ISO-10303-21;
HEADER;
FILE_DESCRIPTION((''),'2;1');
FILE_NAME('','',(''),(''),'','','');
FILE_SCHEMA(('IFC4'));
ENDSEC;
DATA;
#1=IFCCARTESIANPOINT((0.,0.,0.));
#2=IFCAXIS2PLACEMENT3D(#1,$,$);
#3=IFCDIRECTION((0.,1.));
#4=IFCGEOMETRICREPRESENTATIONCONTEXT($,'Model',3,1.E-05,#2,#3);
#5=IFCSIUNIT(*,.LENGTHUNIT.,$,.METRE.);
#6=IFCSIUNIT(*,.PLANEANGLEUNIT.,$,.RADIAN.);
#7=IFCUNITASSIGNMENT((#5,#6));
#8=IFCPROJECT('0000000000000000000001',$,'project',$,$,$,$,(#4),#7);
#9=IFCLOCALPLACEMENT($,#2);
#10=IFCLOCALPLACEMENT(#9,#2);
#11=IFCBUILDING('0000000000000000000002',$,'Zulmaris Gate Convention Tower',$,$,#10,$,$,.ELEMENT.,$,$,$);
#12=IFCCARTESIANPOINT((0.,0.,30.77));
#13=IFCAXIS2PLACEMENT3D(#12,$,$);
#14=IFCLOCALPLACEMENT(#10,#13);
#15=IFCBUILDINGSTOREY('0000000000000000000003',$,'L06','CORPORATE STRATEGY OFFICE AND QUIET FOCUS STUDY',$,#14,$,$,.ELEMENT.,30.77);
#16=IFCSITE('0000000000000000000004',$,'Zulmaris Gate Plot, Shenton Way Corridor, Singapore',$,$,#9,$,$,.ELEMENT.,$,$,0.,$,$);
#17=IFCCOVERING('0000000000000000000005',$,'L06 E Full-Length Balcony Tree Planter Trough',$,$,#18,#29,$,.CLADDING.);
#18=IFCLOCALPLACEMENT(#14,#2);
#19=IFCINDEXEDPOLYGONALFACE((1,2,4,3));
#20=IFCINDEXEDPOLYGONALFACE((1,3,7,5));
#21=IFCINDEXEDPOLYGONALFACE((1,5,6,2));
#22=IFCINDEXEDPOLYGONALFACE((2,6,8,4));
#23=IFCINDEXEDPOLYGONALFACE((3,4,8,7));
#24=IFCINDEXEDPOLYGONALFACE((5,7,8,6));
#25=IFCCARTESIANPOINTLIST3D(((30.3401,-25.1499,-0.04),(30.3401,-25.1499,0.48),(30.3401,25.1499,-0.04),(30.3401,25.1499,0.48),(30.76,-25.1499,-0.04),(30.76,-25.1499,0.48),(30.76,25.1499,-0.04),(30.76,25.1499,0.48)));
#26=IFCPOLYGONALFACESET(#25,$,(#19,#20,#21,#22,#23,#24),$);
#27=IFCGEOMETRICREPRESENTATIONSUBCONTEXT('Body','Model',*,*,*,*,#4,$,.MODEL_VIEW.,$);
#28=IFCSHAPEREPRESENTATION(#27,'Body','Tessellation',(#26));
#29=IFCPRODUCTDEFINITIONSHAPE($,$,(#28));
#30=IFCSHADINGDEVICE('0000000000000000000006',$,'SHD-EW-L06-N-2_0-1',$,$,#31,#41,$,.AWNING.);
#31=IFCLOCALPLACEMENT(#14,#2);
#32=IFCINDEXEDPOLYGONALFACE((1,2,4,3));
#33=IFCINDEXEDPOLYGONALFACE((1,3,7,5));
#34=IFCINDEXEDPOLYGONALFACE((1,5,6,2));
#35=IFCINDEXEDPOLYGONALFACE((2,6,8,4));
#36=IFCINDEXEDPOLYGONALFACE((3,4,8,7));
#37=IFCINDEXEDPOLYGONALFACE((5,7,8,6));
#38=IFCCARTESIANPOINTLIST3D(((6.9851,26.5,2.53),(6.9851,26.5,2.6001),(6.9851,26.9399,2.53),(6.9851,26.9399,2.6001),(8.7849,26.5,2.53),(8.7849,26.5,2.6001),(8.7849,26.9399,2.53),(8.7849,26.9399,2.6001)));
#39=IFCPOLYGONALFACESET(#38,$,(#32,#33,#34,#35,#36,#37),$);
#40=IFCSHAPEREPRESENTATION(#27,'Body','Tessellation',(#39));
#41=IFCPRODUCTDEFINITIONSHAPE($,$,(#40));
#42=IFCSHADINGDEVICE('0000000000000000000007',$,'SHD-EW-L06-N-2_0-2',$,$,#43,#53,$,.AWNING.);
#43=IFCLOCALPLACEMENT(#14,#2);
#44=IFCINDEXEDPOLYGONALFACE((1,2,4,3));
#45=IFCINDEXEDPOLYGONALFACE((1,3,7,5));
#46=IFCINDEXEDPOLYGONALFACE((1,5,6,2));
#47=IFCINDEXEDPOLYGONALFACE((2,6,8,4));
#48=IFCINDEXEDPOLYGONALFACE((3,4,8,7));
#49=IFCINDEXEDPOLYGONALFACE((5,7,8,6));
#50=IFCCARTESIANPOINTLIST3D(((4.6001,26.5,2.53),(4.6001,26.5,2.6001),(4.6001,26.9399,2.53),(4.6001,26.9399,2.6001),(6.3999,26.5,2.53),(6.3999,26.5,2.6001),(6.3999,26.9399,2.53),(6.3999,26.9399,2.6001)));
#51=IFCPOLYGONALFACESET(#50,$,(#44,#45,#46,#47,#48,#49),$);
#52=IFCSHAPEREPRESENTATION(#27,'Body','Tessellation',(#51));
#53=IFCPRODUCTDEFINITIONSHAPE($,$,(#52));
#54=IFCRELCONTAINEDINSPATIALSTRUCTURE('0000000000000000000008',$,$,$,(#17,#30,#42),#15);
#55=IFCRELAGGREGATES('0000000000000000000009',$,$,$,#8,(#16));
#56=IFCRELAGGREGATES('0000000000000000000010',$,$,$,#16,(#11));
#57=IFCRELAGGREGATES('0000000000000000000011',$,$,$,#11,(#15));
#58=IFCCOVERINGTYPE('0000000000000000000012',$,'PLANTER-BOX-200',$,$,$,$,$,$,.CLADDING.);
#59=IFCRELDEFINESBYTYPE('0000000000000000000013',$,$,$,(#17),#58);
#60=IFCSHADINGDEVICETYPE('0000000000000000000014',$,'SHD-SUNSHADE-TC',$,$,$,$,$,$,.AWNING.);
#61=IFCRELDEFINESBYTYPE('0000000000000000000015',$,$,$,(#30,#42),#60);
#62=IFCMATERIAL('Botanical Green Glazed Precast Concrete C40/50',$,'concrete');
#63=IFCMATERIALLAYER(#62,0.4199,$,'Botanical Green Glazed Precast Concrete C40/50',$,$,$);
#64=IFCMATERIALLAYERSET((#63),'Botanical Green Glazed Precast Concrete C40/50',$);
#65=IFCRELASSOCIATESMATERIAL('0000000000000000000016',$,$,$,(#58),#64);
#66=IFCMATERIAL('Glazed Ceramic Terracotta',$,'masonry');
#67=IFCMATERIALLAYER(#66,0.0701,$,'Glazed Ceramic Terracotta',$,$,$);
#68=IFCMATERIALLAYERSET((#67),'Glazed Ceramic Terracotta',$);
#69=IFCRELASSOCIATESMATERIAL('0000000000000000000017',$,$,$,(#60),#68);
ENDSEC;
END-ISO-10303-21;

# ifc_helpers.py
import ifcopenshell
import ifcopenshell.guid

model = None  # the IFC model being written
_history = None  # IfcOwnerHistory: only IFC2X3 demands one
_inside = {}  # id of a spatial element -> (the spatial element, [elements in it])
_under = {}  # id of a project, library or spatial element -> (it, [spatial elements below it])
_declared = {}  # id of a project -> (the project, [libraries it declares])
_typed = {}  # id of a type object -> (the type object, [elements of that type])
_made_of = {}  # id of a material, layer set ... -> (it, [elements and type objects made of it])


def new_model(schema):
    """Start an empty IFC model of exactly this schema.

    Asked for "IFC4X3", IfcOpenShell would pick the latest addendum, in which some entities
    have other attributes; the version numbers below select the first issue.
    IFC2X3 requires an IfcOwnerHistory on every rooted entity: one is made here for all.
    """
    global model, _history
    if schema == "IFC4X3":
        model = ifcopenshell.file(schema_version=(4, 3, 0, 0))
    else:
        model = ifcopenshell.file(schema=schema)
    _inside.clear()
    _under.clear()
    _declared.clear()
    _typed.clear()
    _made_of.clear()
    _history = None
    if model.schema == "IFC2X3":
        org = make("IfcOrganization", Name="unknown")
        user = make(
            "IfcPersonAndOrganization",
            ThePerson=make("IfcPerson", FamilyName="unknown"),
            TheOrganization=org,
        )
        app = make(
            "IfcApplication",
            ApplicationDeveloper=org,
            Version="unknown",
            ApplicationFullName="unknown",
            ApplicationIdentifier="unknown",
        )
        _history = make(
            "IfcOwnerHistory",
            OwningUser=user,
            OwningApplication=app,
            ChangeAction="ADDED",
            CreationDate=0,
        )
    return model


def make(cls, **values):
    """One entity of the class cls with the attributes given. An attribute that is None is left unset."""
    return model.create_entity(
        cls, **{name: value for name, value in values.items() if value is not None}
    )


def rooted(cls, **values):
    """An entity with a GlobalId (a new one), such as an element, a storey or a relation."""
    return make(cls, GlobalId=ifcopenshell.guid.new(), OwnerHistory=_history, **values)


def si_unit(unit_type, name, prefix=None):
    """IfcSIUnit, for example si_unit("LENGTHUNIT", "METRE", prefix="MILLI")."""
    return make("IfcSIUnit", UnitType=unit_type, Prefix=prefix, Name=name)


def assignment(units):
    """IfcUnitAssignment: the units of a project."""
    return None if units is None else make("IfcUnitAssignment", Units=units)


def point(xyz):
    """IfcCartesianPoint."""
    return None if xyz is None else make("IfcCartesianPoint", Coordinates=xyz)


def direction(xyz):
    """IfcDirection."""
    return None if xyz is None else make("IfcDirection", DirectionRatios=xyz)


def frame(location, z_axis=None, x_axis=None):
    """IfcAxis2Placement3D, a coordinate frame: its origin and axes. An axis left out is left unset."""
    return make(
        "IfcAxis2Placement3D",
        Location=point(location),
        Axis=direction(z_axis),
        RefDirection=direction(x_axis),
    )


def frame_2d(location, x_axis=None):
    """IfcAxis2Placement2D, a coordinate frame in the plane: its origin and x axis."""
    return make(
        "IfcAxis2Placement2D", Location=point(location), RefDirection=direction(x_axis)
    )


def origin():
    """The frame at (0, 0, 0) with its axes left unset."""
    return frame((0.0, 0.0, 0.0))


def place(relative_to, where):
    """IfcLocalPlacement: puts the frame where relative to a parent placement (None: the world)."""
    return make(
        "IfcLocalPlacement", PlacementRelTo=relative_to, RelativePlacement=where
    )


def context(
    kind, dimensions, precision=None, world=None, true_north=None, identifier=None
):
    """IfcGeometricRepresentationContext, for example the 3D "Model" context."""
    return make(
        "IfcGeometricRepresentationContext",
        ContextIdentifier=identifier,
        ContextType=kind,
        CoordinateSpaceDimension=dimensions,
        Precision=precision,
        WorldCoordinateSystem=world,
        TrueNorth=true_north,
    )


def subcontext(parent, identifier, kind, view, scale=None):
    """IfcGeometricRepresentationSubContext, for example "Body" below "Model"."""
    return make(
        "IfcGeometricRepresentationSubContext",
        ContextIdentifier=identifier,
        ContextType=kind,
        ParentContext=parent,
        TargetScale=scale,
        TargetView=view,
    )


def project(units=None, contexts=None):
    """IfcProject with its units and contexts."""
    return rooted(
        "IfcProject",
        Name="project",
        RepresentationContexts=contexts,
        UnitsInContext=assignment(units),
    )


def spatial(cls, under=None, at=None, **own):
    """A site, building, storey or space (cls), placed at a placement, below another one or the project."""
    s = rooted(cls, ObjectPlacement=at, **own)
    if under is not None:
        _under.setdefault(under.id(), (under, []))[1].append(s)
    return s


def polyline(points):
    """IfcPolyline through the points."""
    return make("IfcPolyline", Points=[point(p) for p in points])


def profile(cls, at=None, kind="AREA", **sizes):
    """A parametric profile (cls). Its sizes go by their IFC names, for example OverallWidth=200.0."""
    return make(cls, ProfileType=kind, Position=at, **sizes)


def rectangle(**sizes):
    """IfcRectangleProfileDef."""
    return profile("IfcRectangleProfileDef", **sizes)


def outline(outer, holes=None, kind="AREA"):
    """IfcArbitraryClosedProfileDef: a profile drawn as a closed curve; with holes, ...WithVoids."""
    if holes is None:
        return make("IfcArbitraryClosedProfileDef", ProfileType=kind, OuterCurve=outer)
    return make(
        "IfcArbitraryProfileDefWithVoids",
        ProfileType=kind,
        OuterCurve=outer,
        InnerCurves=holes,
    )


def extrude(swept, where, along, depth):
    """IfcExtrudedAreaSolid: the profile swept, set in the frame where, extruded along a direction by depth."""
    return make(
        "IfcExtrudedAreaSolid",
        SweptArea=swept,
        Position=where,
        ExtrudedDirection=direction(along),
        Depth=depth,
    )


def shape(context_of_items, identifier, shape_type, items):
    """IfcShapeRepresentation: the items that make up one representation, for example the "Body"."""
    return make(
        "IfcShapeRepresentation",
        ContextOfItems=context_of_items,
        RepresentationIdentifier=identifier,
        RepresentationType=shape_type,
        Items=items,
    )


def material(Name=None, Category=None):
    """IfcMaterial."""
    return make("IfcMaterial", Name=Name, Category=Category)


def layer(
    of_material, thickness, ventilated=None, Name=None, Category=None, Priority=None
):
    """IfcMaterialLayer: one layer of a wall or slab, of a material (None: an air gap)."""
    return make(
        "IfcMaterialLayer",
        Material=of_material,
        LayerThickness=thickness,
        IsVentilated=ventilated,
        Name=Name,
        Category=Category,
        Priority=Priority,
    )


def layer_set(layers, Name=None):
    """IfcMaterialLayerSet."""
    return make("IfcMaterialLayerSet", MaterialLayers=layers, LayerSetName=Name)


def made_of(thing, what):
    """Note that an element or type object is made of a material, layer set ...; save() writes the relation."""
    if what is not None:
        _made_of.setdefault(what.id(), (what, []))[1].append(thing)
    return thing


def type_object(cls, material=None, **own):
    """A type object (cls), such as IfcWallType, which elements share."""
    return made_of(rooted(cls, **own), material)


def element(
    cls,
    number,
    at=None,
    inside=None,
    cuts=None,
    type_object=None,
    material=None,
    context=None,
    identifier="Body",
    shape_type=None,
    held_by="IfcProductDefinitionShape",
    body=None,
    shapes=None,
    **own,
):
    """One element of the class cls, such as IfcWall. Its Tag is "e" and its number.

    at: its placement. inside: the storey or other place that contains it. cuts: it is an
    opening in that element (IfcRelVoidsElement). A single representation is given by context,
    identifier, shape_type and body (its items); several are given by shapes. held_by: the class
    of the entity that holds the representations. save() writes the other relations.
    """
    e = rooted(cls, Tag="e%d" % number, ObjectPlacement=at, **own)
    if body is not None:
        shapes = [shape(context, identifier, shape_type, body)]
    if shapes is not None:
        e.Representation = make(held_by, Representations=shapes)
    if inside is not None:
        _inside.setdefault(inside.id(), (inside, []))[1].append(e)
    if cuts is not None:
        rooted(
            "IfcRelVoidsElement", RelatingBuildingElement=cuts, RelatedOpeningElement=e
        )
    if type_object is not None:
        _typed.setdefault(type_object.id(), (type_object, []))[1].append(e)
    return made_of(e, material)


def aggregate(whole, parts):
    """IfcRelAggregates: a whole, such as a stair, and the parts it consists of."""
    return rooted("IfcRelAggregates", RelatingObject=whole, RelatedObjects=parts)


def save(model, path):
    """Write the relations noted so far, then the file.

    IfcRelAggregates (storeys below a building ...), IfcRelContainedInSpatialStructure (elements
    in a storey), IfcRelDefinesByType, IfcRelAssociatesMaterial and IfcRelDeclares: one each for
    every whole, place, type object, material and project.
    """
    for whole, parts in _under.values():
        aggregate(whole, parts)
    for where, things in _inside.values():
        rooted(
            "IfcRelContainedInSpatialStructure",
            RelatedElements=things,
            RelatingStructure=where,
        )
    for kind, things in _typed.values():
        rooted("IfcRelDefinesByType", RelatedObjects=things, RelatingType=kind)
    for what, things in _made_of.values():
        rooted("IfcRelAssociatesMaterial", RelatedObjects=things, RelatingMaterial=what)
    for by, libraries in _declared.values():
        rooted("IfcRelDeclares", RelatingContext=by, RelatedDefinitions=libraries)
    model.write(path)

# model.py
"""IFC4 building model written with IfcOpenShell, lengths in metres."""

from ifc_helpers import new_model, si_unit, direction, frame, frame_2d, origin, place, context, subcontext, project, spatial, polyline, rectangle, outline, extrude, material, layer, layer_set, type_object, element, save


model = new_model("IFC4")

# Units and contexts
model_context = context("Model", 3, precision=1e-05, world=origin(), true_north=direction((0.0, 1.0)))
body_context = subcontext(model_context, "Body", "Model", "MODEL_VIEW")
ifc_project = project(units=[si_unit("LENGTHUNIT", "METRE"), si_unit("PLANEANGLEUNIT", "RADIAN")], contexts=[model_context])

# Site, building, storey
site_placement = place(None, origin())
site = spatial("IfcSite", under=ifc_project, at=site_placement, Name="Zulmaris Gate Plot, Shenton Way Corridor, Singapore", CompositionType="ELEMENT", RefElevation=0.0)
building_placement = place(site_placement, origin())
building = spatial("IfcBuilding", under=site, at=building_placement, Name="Zulmaris Gate Convention Tower", CompositionType="ELEMENT")
storey_placement = place(building_placement, frame((0.0, 0.0, 30.77)))
storey = spatial("IfcBuildingStorey", under=building, at=storey_placement, Name="L06", Description="CORPORATE STRATEGY OFFICE AND QUIET FOCUS STUDY", CompositionType="ELEMENT", Elevation=30.77)

# Covering
ifc_material_1 = material(Name="Botanical Green Glazed Precast Concrete C40/50", Category="concrete")
ifc_layer_1 = layer(ifc_material_1, 0.4199, Name="Botanical Green Glazed Precast Concrete C40/50")
ifc_layer_set_1 = layer_set([ifc_layer_1], Name="Botanical Green Glazed Precast Concrete C40/50")
covering_type_1 = type_object("IfcCoveringType", Name="PLANTER-BOX-200", PredefinedType="CLADDING", material=ifc_layer_set_1)
covering_1_placement = place(storey_placement, frame((0.0, 0.0, -0.04)))
element("IfcCovering", 1, at=covering_1_placement, inside=storey, type_object=covering_type_1, Name="L06 E Full-Length Balcony Tree Planter Trough", PredefinedType="CLADDING", context=body_context, shape_type="SweptSolid", body=[
    extrude(outline(polyline([(30.3401, -25.1499), (30.76, -25.1499), (30.76, 25.1499), (30.3401, 25.1499), (30.3401, -25.1499)])), origin(), (0.0, 0.0, 1.0), 0.52),
])

# Shading devices
ifc_material_2 = material(Name="Glazed Ceramic Terracotta", Category="masonry")
ifc_layer_2 = layer(ifc_material_2, 0.0701, Name="Glazed Ceramic Terracotta")
ifc_layer_set_2 = layer_set([ifc_layer_2], Name="Glazed Ceramic Terracotta")
shading_device_type = type_object("IfcShadingDeviceType", Name="SHD-SUNSHADE-TC", PredefinedType="AWNING", material=ifc_layer_set_2)
for number, where, z_axis, x_axis, name in (
    (2, (8.7849, 26.72, 2.53), (0.0, 0.0, 1.0), (-1.0, 0.0, 0.0), "SHD-EW-L06-N-2_0-1"),
    (3, (6.3999, 26.72, 2.53), (0.0, 0.0, 1.0), (-1.0, 0.0, 0.0), "SHD-EW-L06-N-2_0-2"),
):
    element("IfcShadingDevice", number, at=place(storey_placement, frame(where, z_axis=z_axis, x_axis=x_axis)), inside=storey, type_object=shading_device_type, Name=name, PredefinedType="AWNING", context=body_context, shape_type="SweptSolid", body=[
        extrude(rectangle(XDim=1.7998, YDim=0.4399, at=frame_2d((0.8999, 0.0))), origin(), (0.0, 0.0, 1.0), 0.0701),
    ])

save(model, "model.ifc")
